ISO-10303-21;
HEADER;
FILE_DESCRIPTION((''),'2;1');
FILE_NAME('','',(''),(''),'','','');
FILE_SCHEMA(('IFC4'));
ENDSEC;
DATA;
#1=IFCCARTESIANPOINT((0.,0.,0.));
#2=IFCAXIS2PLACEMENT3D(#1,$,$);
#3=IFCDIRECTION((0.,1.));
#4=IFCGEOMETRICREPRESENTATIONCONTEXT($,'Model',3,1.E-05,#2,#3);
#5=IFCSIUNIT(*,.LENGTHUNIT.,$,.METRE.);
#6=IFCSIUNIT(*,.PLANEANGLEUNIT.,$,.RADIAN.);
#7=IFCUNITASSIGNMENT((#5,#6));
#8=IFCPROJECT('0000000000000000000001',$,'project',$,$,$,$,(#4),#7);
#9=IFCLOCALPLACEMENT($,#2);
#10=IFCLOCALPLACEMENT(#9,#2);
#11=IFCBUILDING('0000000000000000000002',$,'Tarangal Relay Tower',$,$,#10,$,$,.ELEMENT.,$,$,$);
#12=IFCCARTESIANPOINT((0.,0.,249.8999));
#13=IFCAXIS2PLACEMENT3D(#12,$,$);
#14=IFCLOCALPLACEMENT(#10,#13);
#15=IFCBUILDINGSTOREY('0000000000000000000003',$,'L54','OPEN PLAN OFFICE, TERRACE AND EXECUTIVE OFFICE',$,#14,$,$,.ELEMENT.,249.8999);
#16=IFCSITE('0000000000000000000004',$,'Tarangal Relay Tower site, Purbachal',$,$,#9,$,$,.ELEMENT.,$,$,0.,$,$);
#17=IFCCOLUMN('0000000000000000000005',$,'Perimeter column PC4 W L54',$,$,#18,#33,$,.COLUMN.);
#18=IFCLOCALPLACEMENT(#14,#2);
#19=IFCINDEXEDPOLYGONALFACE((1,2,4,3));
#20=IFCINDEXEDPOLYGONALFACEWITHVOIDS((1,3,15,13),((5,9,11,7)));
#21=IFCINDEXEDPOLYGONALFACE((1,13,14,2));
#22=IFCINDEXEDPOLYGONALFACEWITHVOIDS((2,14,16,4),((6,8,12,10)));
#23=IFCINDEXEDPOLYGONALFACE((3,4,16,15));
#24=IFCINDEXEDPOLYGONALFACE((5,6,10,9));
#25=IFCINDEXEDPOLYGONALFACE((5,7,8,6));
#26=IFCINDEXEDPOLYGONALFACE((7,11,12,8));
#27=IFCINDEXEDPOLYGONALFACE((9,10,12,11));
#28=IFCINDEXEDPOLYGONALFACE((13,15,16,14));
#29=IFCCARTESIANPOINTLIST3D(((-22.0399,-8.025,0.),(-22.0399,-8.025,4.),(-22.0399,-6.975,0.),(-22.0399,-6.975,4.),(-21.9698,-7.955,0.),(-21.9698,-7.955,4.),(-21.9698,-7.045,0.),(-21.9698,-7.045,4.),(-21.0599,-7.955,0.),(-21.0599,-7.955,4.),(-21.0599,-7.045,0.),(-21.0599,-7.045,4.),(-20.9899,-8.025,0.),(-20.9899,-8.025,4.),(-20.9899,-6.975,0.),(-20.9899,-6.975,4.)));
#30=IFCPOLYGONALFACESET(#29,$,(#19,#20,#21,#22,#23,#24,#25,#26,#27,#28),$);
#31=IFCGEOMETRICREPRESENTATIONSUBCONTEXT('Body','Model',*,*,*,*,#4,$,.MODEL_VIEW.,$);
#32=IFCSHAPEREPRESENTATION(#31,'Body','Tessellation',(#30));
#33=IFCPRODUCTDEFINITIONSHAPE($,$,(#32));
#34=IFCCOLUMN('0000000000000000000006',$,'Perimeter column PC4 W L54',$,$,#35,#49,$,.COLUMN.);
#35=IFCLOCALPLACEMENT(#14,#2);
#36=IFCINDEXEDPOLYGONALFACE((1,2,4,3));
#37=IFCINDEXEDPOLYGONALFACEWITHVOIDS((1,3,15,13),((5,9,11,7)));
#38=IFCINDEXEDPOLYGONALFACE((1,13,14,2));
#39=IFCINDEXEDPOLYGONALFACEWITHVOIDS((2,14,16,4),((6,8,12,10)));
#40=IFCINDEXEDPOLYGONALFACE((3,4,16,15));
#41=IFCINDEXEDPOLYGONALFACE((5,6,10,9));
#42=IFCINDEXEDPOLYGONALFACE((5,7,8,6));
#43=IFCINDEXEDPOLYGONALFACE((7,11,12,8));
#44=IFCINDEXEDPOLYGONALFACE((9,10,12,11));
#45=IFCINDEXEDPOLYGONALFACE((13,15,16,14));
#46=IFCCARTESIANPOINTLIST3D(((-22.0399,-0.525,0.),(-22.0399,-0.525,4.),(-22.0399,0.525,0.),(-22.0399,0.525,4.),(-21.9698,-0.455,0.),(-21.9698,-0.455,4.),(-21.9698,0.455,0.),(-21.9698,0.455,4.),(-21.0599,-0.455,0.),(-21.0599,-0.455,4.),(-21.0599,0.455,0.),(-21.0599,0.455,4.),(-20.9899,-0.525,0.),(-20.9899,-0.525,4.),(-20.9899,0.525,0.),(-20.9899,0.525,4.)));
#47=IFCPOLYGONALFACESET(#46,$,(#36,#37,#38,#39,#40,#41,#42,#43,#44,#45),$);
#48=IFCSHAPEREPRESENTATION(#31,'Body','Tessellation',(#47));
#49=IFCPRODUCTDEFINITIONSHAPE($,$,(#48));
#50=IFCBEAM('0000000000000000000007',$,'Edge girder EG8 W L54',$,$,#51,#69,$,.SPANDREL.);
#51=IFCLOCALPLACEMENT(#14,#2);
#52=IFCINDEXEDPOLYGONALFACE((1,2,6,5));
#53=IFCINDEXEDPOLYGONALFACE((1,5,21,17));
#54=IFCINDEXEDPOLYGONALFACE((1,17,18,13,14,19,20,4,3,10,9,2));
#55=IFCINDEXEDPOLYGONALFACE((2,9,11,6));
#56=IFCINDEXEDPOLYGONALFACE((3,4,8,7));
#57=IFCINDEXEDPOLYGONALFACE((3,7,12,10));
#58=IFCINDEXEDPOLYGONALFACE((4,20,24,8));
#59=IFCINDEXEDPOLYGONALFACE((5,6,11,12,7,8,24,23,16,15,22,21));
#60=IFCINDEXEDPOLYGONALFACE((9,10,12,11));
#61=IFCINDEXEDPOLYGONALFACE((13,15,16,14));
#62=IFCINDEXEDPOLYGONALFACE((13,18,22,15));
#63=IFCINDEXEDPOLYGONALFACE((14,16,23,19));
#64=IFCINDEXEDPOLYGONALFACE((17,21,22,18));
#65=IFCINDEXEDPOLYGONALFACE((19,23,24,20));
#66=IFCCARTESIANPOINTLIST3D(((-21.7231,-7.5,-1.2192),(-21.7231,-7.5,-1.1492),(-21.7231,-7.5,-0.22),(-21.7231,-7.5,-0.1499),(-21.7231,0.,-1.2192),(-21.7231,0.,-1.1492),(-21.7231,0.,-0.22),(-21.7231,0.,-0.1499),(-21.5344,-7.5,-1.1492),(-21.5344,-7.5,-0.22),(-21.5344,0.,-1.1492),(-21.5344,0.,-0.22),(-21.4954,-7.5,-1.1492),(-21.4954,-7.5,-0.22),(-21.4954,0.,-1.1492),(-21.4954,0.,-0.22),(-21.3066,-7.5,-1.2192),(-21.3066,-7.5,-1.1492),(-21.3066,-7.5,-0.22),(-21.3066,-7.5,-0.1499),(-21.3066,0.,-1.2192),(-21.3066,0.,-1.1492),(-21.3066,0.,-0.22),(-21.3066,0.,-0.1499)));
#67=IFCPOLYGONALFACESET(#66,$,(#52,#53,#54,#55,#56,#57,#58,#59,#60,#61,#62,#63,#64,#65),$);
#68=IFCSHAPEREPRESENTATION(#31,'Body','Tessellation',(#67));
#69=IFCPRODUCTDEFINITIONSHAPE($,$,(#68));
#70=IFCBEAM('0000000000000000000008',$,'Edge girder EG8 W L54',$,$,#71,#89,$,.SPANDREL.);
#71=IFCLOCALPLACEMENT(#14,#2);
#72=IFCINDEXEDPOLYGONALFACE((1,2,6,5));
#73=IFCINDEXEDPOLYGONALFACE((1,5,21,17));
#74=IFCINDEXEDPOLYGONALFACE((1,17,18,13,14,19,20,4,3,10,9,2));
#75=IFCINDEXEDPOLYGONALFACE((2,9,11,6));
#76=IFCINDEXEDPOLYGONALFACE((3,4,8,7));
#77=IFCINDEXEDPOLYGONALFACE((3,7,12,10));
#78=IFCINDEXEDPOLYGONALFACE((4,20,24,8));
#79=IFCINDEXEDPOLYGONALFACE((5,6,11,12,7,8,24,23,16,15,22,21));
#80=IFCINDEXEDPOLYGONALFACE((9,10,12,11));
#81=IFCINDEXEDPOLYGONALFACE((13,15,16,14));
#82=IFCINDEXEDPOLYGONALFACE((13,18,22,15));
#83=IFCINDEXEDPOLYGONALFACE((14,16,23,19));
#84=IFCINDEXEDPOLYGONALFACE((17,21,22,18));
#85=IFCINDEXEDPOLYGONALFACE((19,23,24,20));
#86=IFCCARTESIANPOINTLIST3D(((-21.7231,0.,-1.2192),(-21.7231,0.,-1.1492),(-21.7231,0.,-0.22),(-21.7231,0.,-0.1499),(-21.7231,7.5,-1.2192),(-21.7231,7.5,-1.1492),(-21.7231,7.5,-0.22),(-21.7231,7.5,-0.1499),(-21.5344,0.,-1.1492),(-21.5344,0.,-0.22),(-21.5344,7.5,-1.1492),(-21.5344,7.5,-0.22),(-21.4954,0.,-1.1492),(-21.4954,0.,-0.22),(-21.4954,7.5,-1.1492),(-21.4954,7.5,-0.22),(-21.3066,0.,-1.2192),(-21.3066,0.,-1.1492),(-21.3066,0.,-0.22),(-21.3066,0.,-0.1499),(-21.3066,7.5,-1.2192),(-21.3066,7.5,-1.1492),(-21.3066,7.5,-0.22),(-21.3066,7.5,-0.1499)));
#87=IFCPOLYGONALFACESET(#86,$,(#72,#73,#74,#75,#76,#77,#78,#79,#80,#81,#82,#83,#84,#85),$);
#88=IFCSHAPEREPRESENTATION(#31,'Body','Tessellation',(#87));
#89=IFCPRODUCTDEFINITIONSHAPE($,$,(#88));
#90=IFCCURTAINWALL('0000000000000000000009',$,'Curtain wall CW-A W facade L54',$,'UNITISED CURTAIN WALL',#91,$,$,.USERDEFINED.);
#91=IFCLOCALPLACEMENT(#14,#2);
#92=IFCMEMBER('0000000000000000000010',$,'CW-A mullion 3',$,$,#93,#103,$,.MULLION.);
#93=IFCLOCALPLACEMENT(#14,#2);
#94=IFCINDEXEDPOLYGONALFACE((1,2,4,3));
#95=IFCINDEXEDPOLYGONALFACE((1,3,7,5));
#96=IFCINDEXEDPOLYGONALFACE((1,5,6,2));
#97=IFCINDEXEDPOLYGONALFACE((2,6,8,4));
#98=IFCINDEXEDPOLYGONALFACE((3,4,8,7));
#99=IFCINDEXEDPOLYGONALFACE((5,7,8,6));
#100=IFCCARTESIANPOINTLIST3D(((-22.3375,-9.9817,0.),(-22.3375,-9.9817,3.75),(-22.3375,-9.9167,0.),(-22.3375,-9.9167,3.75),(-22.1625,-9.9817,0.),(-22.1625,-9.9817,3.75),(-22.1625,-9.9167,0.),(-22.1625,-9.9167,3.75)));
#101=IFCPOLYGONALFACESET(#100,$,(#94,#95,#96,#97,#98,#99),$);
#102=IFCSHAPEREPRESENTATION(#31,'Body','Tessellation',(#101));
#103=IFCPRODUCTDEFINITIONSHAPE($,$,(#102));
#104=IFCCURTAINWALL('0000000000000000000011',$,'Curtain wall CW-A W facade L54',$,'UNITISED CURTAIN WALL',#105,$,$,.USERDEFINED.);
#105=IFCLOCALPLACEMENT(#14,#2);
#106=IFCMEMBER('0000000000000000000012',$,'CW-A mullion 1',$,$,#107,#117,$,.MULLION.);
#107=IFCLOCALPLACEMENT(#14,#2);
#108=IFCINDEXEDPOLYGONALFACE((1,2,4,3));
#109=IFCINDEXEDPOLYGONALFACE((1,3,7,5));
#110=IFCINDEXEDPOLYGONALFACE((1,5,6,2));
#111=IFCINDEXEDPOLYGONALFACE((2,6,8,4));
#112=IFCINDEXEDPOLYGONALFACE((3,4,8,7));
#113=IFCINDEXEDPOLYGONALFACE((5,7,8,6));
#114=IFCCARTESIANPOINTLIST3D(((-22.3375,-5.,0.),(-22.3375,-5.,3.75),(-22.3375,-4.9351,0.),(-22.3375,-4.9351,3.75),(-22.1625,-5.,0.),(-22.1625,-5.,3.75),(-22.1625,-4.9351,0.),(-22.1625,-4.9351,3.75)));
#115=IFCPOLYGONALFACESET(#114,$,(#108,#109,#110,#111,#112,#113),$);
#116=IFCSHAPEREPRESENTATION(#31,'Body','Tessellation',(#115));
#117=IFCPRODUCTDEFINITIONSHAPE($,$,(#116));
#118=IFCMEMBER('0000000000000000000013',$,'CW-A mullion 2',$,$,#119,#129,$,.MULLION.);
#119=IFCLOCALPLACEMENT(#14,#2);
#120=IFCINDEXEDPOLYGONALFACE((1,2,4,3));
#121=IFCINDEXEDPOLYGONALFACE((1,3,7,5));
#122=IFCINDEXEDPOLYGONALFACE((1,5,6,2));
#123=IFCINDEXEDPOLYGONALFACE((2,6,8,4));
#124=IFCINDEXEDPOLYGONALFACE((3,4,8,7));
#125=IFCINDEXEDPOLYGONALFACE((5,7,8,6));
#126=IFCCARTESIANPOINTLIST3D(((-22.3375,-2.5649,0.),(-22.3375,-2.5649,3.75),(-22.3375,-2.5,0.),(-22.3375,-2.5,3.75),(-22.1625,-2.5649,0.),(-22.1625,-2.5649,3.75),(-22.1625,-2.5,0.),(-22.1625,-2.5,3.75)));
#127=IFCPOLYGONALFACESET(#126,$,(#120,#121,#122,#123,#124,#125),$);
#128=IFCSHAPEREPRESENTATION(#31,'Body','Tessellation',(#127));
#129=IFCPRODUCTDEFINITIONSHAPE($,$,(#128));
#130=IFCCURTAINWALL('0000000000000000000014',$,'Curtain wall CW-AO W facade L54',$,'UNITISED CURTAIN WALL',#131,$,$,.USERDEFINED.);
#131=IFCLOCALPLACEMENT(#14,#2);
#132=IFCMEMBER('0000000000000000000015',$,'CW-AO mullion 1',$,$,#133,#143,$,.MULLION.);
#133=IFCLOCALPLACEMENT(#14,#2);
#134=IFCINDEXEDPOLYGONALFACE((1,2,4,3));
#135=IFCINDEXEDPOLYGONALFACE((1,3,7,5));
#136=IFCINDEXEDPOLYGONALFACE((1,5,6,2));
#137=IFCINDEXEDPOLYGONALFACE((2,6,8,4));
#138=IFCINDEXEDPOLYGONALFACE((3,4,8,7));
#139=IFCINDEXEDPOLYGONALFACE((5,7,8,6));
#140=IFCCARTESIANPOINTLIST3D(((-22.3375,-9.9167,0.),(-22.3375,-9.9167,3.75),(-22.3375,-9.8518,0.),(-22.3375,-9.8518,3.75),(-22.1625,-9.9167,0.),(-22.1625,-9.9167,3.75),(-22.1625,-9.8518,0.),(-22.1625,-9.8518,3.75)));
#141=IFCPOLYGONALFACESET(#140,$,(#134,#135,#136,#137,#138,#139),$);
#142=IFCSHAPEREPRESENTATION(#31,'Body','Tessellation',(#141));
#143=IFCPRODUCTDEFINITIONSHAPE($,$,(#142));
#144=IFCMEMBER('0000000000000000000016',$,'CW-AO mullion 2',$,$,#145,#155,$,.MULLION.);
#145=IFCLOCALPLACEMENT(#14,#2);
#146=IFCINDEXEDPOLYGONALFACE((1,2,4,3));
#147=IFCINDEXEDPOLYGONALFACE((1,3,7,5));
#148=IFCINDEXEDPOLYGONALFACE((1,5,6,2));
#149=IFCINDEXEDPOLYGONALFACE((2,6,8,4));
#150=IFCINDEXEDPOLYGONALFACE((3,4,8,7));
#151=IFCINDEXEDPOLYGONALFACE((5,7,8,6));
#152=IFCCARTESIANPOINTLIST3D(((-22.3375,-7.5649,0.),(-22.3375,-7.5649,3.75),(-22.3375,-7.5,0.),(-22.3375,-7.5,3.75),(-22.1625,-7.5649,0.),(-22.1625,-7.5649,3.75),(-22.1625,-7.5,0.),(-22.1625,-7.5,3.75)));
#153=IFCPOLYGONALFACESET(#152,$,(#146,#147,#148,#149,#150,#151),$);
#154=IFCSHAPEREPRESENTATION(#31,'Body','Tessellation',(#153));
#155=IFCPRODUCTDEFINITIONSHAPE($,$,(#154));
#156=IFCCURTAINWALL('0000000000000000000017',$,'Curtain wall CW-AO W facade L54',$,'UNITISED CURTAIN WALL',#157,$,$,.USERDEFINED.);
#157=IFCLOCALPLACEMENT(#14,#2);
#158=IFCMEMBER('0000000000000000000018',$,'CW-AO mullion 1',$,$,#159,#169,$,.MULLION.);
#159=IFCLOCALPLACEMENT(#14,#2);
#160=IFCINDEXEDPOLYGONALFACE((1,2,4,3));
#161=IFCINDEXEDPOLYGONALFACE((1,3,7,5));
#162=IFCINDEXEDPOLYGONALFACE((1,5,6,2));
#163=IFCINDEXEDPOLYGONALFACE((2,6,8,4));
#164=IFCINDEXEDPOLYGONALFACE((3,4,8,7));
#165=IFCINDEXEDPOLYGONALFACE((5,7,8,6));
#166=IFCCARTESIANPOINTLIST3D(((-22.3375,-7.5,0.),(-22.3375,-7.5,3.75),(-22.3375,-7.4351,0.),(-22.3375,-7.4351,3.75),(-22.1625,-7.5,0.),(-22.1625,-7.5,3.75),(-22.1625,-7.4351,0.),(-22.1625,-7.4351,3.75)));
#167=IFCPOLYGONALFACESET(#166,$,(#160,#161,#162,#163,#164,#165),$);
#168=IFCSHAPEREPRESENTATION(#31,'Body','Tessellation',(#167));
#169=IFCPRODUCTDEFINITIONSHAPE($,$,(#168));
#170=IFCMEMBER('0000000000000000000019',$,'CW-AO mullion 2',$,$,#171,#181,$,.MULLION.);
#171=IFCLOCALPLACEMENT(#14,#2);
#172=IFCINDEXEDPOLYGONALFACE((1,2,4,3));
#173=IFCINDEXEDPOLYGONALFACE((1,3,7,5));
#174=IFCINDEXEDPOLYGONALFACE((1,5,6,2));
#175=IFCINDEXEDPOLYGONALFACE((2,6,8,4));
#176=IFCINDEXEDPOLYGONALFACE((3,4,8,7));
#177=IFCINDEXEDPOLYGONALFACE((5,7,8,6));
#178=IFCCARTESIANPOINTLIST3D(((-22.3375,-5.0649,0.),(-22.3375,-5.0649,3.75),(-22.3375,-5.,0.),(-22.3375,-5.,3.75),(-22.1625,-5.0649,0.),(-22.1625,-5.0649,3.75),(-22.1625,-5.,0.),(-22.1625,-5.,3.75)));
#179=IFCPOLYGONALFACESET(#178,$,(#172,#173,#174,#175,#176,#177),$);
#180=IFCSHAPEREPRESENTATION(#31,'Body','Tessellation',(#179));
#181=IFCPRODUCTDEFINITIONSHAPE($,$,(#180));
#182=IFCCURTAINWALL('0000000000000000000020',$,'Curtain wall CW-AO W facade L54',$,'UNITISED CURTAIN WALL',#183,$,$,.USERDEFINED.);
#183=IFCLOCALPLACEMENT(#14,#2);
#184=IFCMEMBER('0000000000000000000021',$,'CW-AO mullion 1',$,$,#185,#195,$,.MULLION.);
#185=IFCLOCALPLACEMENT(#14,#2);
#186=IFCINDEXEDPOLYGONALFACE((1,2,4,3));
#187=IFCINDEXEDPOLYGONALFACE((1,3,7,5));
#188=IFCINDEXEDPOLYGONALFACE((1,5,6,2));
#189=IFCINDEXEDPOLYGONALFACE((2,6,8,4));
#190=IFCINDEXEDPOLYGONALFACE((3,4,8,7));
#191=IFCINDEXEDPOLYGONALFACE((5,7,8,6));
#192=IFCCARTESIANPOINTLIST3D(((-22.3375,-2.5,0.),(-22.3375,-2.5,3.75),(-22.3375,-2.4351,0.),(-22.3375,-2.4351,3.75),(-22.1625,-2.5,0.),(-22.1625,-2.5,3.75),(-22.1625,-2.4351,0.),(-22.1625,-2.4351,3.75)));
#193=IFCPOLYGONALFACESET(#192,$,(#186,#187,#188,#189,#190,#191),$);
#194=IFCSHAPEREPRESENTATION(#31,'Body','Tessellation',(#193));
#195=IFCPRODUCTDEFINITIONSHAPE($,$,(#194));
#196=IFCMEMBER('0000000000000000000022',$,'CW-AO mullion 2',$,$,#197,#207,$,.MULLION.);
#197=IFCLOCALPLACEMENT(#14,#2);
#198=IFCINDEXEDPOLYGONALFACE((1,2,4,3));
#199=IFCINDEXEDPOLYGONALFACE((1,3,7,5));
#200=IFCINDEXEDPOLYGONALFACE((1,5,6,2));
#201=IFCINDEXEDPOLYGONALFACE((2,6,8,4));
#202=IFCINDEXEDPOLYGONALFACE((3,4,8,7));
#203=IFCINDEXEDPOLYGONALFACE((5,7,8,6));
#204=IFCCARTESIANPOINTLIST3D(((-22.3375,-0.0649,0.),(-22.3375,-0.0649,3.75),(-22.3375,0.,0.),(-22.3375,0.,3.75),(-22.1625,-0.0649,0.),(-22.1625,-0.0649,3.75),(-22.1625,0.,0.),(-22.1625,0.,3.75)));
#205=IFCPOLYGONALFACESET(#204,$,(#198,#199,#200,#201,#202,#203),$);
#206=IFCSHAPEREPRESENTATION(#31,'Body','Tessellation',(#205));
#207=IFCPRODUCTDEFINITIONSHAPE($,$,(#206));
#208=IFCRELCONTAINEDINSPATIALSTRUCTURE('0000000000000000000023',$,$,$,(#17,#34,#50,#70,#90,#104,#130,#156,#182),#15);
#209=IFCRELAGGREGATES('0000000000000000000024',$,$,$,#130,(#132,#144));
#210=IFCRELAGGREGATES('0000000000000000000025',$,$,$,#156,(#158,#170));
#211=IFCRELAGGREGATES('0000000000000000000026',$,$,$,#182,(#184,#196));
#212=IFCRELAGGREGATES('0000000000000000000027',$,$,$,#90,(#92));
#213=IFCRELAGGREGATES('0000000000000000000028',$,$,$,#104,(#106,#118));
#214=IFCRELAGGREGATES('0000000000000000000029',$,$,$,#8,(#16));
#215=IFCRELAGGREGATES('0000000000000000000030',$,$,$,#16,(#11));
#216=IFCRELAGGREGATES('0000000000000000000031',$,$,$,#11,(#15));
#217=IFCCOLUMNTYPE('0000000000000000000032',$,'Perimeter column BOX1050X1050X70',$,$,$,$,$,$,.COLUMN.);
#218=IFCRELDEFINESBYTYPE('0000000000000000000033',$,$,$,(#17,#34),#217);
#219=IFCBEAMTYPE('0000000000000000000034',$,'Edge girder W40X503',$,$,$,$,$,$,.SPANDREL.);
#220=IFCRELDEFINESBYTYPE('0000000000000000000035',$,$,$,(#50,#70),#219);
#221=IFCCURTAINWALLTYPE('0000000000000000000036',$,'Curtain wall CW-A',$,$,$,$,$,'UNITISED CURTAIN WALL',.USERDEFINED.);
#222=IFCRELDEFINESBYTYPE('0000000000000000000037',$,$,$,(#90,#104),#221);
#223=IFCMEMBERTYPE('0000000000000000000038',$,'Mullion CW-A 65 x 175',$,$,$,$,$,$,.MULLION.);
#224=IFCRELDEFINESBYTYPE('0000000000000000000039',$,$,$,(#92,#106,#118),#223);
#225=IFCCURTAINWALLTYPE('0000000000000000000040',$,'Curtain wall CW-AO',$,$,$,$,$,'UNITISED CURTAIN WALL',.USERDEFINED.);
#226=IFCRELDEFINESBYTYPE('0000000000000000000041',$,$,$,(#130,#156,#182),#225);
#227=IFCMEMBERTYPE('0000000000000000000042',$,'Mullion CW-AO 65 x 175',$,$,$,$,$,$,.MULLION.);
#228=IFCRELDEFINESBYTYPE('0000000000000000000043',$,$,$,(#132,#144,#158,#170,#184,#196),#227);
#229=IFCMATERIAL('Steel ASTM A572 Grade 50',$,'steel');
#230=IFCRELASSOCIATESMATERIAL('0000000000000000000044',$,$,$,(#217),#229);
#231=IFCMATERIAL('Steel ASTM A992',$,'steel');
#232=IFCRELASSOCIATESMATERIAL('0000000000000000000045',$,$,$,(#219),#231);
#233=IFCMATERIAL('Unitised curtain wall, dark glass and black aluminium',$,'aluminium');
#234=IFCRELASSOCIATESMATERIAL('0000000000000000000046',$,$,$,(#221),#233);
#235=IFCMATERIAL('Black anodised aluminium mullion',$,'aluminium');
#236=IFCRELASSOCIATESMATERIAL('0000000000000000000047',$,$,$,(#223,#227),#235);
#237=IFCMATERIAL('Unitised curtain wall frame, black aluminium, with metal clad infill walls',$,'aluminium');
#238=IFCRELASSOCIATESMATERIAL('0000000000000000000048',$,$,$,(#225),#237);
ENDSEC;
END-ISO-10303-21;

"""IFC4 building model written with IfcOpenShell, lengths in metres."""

from ifc_helpers import new_model, si_unit, direction, frame, origin, origin_2d, place, context, subcontext, project, spatial, rectangle, hollow_rectangle, i_section, extrude, material, material_profile, profile_set, type_object, element, aggregate, save


model = new_model("IFC4")

# Units and contexts
model_context = context("Model", 3, precision=1e-05, world=origin(), true_north=direction((0.0, 1.0)))
body_context = subcontext(model_context, "Body", "Model", "MODEL_VIEW")
ifc_project = project(units=[si_unit("LENGTHUNIT", "METRE"), si_unit("PLANEANGLEUNIT", "RADIAN")], contexts=[model_context])

# Site, building, storey
site_placement = place(None, origin())
site = spatial("IfcSite", under=ifc_project, at=site_placement, Name="Tarangal Relay Tower site, Purbachal", CompositionType="ELEMENT", RefElevation=0.0)
building_placement = place(site_placement, origin())
building = spatial("IfcBuilding", under=site, at=building_placement, Name="Tarangal Relay Tower", CompositionType="ELEMENT")
storey_placement = place(building_placement, frame((0.0, 0.0, 249.8999)))
storey = spatial("IfcBuildingStorey", under=building, at=storey_placement, Name="L54", Description="OPEN PLAN OFFICE, TERRACE AND EXECUTIVE OFFICE", CompositionType="ELEMENT", Elevation=249.8999)

# Columns
ifc_material_1 = material(Name="Steel ASTM A572 Grade 50", Category="steel")
ifc_material_profile_1 = material_profile(ifc_material_1, hollow_rectangle(XDim=1.05, YDim=1.05, WallThickness=0.0701, at=origin_2d()), Name="BOX1050X1050X70")
ifc_profile_set_1 = profile_set([ifc_material_profile_1], Name="Steel ASTM A572 Grade 50")
column_type = type_object("IfcColumnType", Name="Perimeter column BOX1050X1050X70", PredefinedType="COLUMN", material=ifc_profile_set_1)
for number, where, z_axis, x_axis, name in (
    (1, (-21.5149, -7.5, 0.0), (0.0, 0.0, 1.0), (1.0, 0.0, 0.0), "Perimeter column PC4 W L54"),
    (2, (-21.5149, 0.0, 0.0), (0.0, 0.0, 1.0), (1.0, 0.0, 0.0), "Perimeter column PC4 W L54"),
):
    element("IfcColumn", number, at=place(storey_placement, frame(where, z_axis=z_axis, x_axis=x_axis)), inside=storey, type_object=column_type, Name=name, PredefinedType="COLUMN", context=body_context, shape_type="SweptSolid", body=[
        extrude(hollow_rectangle(XDim=1.05, YDim=1.05, WallThickness=0.0701, at=origin_2d()), origin(), (0.0, 0.0, 1.0), 4.0),
    ])

# Beams
ifc_material_2 = material(Name="Steel ASTM A992", Category="steel")
ifc_material_profile_2 = material_profile(ifc_material_2, i_section(OverallWidth=0.4165, OverallDepth=1.0693, WebThickness=0.0391, FlangeThickness=0.0701, at=origin_2d()), Name="W40X503")
ifc_profile_set_2 = profile_set([ifc_material_profile_2], Name="Steel ASTM A992")
beam_type = type_object("IfcBeamType", Name="Edge girder W40X503", PredefinedType="SPANDREL", material=ifc_profile_set_2)
for number, where, z_axis, x_axis, name in (
    (3, (-21.5149, -7.5, -0.6846), (0.0, 1.0, 0.0), (-1.0, 0.0, 0.0), "Edge girder EG8 W L54"),
    (4, (-21.5149, 0.0, -0.6846), (0.0, 1.0, 0.0), (-1.0, 0.0, 0.0), "Edge girder EG8 W L54"),
):
    element("IfcBeam", number, at=place(storey_placement, frame(where, z_axis=z_axis, x_axis=x_axis)), inside=storey, type_object=beam_type, Name=name, PredefinedType="SPANDREL", context=body_context, shape_type="SweptSolid", body=[
        extrude(i_section(OverallWidth=0.4165, OverallDepth=1.0693, WebThickness=0.0391, FlangeThickness=0.0701, at=origin_2d()), origin(), (0.0, 0.0, 1.0), 7.5),
    ])

# Curtain wall, member
ifc_material_3 = material(Name="Unitised curtain wall, dark glass and black aluminium", Category="aluminium")
curtain_wall_type_1 = type_object("IfcCurtainWallType", Name="Curtain wall CW-A", ElementType="UNITISED CURTAIN WALL", PredefinedType="USERDEFINED", material=ifc_material_3)
curtain_wall_1_placement = place(storey_placement, origin())
curtain_wall_1 = element("IfcCurtainWall", 5, at=curtain_wall_1_placement, inside=storey, type_object=curtain_wall_type_1, Name="Curtain wall CW-A W facade L54", ObjectType="UNITISED CURTAIN WALL", PredefinedType="USERDEFINED")
ifc_material_4 = material(Name="Black anodised aluminium mullion", Category="aluminium")
ifc_material_profile_3 = material_profile(ifc_material_4, rectangle(XDim=0.175, YDim=0.0649, at=origin_2d()), Name="CW-AM 65X175")
ifc_profile_set_3 = profile_set([ifc_material_profile_3], Name="Black anodised aluminium mullion")
member_type_1 = type_object("IfcMemberType", Name="Mullion CW-A 65 x 175", PredefinedType="MULLION", material=ifc_profile_set_3)
member_1_placement = place(storey_placement, frame((-22.25, -9.9492, 0.0), z_axis=(0.0, 0.0, 1.0), x_axis=(-1.0, 0.0, 0.0)))
member_1 = element("IfcMember", 6, at=member_1_placement, type_object=member_type_1, Name="CW-A mullion 3", PredefinedType="MULLION", context=body_context, shape_type="SweptSolid", body=[
    extrude(rectangle(XDim=0.175, YDim=0.0649, at=origin_2d()), origin(), (0.0, 0.0, 1.0), 3.75),
])

# Curtain walls, members
curtain_wall_2_placement = place(storey_placement, origin())
curtain_wall_2 = element("IfcCurtainWall", 7, at=curtain_wall_2_placement, inside=storey, type_object=curtain_wall_type_1, Name="Curtain wall CW-A W facade L54", ObjectType="UNITISED CURTAIN WALL", PredefinedType="USERDEFINED")
member_2_placement = place(storey_placement, frame((-22.25, -4.9675, 0.0), z_axis=(0.0, 0.0, 1.0), x_axis=(-1.0, 0.0, 0.0)))
member_2 = element("IfcMember", 8, at=member_2_placement, type_object=member_type_1, Name="CW-A mullion 1", PredefinedType="MULLION", context=body_context, shape_type="SweptSolid", body=[
    extrude(rectangle(XDim=0.175, YDim=0.0649, at=origin_2d()), origin(), (0.0, 0.0, 1.0), 3.75),
])
member_3_placement = place(storey_placement, frame((-22.25, -2.5325, 0.0), z_axis=(0.0, 0.0, 1.0), x_axis=(-1.0, 0.0, 0.0)))
member_3 = element("IfcMember", 9, at=member_3_placement, type_object=member_type_1, Name="CW-A mullion 2", PredefinedType="MULLION", context=body_context, shape_type="SweptSolid", body=[
    extrude(rectangle(XDim=0.175, YDim=0.0649, at=origin_2d()), origin(), (0.0, 0.0, 1.0), 3.75),
])
ifc_material_5 = material(Name="Unitised curtain wall frame, black aluminium, with metal clad infill walls", Category="aluminium")
curtain_wall_type_2 = type_object("IfcCurtainWallType", Name="Curtain wall CW-AO", ElementType="UNITISED CURTAIN WALL", PredefinedType="USERDEFINED", material=ifc_material_5)
curtain_wall_3_placement = place(storey_placement, origin())
curtain_wall_3 = element("IfcCurtainWall", 10, at=curtain_wall_3_placement, inside=storey, type_object=curtain_wall_type_2, Name="Curtain wall CW-AO W facade L54", ObjectType="UNITISED CURTAIN WALL", PredefinedType="USERDEFINED")
ifc_material_profile_4 = material_profile(ifc_material_4, rectangle(XDim=0.175, YDim=0.0649, at=origin_2d()), Name="CW-AOM 65X175")
ifc_profile_set_4 = profile_set([ifc_material_profile_4], Name="Black anodised aluminium mullion")
member_type_2 = type_object("IfcMemberType", Name="Mullion CW-AO 65 x 175", PredefinedType="MULLION", material=ifc_profile_set_4)
member_4_placement = place(storey_placement, frame((-22.25, -9.8843, 0.0), z_axis=(0.0, 0.0, 1.0), x_axis=(-1.0, 0.0, 0.0)))
member_4 = element("IfcMember", 11, at=member_4_placement, type_object=member_type_2, Name="CW-AO mullion 1", PredefinedType="MULLION", context=body_context, shape_type="SweptSolid", body=[
    extrude(rectangle(XDim=0.175, YDim=0.0649, at=origin_2d()), origin(), (0.0, 0.0, 1.0), 3.75),
])
member_5_placement = place(storey_placement, frame((-22.25, -7.5325, 0.0), z_axis=(0.0, 0.0, 1.0), x_axis=(-1.0, 0.0, 0.0)))
member_5 = element("IfcMember", 12, at=member_5_placement, type_object=member_type_2, Name="CW-AO mullion 2", PredefinedType="MULLION", context=body_context, shape_type="SweptSolid", body=[
    extrude(rectangle(XDim=0.175, YDim=0.0649, at=origin_2d()), origin(), (0.0, 0.0, 1.0), 3.75),
])
curtain_wall_4_placement = place(storey_placement, origin())
curtain_wall_4 = element("IfcCurtainWall", 13, at=curtain_wall_4_placement, inside=storey, type_object=curtain_wall_type_2, Name="Curtain wall CW-AO W facade L54", ObjectType="UNITISED CURTAIN WALL", PredefinedType="USERDEFINED")
member_6_placement = place(storey_placement, frame((-22.25, -7.4675, 0.0), z_axis=(0.0, 0.0, 1.0), x_axis=(-1.0, 0.0, 0.0)))
member_6 = element("IfcMember", 14, at=member_6_placement, type_object=member_type_2, Name="CW-AO mullion 1", PredefinedType="MULLION", context=body_context, shape_type="SweptSolid", body=[
    extrude(rectangle(XDim=0.175, YDim=0.0649, at=origin_2d()), origin(), (0.0, 0.0, 1.0), 3.75),
])
member_7_placement = place(storey_placement, frame((-22.25, -5.0325, 0.0), z_axis=(0.0, 0.0, 1.0), x_axis=(-1.0, 0.0, 0.0)))
member_7 = element("IfcMember", 15, at=member_7_placement, type_object=member_type_2, Name="CW-AO mullion 2", PredefinedType="MULLION", context=body_context, shape_type="SweptSolid", body=[
    extrude(rectangle(XDim=0.175, YDim=0.0649, at=origin_2d()), origin(), (0.0, 0.0, 1.0), 3.75),
])
curtain_wall_5_placement = place(storey_placement, origin())
curtain_wall_5 = element("IfcCurtainWall", 16, at=curtain_wall_5_placement, inside=storey, type_object=curtain_wall_type_2, Name="Curtain wall CW-AO W facade L54", ObjectType="UNITISED CURTAIN WALL", PredefinedType="USERDEFINED")
member_8_placement = place(storey_placement, frame((-22.25, -2.4675, 0.0), z_axis=(0.0, 0.0, 1.0), x_axis=(-1.0, 0.0, 0.0)))
member_8 = element("IfcMember", 17, at=member_8_placement, type_object=member_type_2, Name="CW-AO mullion 1", PredefinedType="MULLION", context=body_context, shape_type="SweptSolid", body=[
    extrude(rectangle(XDim=0.175, YDim=0.0649, at=origin_2d()), origin(), (0.0, 0.0, 1.0), 3.75),
])
member_9_placement = place(storey_placement, frame((-22.25, -0.0325, 0.0), z_axis=(0.0, 0.0, 1.0), x_axis=(-1.0, 0.0, 0.0)))
member_9 = element("IfcMember", 18, at=member_9_placement, type_object=member_type_2, Name="CW-AO mullion 2", PredefinedType="MULLION", context=body_context, shape_type="SweptSolid", body=[
    extrude(rectangle(XDim=0.175, YDim=0.0649, at=origin_2d()), origin(), (0.0, 0.0, 1.0), 3.75),
])

aggregate(curtain_wall_3, [member_4, member_5])
aggregate(curtain_wall_4, [member_6, member_7])
aggregate(curtain_wall_5, [member_8, member_9])

aggregate(curtain_wall_1, [member_1])
aggregate(curtain_wall_2, [member_2, member_3])

save(model, "model.ifc")
